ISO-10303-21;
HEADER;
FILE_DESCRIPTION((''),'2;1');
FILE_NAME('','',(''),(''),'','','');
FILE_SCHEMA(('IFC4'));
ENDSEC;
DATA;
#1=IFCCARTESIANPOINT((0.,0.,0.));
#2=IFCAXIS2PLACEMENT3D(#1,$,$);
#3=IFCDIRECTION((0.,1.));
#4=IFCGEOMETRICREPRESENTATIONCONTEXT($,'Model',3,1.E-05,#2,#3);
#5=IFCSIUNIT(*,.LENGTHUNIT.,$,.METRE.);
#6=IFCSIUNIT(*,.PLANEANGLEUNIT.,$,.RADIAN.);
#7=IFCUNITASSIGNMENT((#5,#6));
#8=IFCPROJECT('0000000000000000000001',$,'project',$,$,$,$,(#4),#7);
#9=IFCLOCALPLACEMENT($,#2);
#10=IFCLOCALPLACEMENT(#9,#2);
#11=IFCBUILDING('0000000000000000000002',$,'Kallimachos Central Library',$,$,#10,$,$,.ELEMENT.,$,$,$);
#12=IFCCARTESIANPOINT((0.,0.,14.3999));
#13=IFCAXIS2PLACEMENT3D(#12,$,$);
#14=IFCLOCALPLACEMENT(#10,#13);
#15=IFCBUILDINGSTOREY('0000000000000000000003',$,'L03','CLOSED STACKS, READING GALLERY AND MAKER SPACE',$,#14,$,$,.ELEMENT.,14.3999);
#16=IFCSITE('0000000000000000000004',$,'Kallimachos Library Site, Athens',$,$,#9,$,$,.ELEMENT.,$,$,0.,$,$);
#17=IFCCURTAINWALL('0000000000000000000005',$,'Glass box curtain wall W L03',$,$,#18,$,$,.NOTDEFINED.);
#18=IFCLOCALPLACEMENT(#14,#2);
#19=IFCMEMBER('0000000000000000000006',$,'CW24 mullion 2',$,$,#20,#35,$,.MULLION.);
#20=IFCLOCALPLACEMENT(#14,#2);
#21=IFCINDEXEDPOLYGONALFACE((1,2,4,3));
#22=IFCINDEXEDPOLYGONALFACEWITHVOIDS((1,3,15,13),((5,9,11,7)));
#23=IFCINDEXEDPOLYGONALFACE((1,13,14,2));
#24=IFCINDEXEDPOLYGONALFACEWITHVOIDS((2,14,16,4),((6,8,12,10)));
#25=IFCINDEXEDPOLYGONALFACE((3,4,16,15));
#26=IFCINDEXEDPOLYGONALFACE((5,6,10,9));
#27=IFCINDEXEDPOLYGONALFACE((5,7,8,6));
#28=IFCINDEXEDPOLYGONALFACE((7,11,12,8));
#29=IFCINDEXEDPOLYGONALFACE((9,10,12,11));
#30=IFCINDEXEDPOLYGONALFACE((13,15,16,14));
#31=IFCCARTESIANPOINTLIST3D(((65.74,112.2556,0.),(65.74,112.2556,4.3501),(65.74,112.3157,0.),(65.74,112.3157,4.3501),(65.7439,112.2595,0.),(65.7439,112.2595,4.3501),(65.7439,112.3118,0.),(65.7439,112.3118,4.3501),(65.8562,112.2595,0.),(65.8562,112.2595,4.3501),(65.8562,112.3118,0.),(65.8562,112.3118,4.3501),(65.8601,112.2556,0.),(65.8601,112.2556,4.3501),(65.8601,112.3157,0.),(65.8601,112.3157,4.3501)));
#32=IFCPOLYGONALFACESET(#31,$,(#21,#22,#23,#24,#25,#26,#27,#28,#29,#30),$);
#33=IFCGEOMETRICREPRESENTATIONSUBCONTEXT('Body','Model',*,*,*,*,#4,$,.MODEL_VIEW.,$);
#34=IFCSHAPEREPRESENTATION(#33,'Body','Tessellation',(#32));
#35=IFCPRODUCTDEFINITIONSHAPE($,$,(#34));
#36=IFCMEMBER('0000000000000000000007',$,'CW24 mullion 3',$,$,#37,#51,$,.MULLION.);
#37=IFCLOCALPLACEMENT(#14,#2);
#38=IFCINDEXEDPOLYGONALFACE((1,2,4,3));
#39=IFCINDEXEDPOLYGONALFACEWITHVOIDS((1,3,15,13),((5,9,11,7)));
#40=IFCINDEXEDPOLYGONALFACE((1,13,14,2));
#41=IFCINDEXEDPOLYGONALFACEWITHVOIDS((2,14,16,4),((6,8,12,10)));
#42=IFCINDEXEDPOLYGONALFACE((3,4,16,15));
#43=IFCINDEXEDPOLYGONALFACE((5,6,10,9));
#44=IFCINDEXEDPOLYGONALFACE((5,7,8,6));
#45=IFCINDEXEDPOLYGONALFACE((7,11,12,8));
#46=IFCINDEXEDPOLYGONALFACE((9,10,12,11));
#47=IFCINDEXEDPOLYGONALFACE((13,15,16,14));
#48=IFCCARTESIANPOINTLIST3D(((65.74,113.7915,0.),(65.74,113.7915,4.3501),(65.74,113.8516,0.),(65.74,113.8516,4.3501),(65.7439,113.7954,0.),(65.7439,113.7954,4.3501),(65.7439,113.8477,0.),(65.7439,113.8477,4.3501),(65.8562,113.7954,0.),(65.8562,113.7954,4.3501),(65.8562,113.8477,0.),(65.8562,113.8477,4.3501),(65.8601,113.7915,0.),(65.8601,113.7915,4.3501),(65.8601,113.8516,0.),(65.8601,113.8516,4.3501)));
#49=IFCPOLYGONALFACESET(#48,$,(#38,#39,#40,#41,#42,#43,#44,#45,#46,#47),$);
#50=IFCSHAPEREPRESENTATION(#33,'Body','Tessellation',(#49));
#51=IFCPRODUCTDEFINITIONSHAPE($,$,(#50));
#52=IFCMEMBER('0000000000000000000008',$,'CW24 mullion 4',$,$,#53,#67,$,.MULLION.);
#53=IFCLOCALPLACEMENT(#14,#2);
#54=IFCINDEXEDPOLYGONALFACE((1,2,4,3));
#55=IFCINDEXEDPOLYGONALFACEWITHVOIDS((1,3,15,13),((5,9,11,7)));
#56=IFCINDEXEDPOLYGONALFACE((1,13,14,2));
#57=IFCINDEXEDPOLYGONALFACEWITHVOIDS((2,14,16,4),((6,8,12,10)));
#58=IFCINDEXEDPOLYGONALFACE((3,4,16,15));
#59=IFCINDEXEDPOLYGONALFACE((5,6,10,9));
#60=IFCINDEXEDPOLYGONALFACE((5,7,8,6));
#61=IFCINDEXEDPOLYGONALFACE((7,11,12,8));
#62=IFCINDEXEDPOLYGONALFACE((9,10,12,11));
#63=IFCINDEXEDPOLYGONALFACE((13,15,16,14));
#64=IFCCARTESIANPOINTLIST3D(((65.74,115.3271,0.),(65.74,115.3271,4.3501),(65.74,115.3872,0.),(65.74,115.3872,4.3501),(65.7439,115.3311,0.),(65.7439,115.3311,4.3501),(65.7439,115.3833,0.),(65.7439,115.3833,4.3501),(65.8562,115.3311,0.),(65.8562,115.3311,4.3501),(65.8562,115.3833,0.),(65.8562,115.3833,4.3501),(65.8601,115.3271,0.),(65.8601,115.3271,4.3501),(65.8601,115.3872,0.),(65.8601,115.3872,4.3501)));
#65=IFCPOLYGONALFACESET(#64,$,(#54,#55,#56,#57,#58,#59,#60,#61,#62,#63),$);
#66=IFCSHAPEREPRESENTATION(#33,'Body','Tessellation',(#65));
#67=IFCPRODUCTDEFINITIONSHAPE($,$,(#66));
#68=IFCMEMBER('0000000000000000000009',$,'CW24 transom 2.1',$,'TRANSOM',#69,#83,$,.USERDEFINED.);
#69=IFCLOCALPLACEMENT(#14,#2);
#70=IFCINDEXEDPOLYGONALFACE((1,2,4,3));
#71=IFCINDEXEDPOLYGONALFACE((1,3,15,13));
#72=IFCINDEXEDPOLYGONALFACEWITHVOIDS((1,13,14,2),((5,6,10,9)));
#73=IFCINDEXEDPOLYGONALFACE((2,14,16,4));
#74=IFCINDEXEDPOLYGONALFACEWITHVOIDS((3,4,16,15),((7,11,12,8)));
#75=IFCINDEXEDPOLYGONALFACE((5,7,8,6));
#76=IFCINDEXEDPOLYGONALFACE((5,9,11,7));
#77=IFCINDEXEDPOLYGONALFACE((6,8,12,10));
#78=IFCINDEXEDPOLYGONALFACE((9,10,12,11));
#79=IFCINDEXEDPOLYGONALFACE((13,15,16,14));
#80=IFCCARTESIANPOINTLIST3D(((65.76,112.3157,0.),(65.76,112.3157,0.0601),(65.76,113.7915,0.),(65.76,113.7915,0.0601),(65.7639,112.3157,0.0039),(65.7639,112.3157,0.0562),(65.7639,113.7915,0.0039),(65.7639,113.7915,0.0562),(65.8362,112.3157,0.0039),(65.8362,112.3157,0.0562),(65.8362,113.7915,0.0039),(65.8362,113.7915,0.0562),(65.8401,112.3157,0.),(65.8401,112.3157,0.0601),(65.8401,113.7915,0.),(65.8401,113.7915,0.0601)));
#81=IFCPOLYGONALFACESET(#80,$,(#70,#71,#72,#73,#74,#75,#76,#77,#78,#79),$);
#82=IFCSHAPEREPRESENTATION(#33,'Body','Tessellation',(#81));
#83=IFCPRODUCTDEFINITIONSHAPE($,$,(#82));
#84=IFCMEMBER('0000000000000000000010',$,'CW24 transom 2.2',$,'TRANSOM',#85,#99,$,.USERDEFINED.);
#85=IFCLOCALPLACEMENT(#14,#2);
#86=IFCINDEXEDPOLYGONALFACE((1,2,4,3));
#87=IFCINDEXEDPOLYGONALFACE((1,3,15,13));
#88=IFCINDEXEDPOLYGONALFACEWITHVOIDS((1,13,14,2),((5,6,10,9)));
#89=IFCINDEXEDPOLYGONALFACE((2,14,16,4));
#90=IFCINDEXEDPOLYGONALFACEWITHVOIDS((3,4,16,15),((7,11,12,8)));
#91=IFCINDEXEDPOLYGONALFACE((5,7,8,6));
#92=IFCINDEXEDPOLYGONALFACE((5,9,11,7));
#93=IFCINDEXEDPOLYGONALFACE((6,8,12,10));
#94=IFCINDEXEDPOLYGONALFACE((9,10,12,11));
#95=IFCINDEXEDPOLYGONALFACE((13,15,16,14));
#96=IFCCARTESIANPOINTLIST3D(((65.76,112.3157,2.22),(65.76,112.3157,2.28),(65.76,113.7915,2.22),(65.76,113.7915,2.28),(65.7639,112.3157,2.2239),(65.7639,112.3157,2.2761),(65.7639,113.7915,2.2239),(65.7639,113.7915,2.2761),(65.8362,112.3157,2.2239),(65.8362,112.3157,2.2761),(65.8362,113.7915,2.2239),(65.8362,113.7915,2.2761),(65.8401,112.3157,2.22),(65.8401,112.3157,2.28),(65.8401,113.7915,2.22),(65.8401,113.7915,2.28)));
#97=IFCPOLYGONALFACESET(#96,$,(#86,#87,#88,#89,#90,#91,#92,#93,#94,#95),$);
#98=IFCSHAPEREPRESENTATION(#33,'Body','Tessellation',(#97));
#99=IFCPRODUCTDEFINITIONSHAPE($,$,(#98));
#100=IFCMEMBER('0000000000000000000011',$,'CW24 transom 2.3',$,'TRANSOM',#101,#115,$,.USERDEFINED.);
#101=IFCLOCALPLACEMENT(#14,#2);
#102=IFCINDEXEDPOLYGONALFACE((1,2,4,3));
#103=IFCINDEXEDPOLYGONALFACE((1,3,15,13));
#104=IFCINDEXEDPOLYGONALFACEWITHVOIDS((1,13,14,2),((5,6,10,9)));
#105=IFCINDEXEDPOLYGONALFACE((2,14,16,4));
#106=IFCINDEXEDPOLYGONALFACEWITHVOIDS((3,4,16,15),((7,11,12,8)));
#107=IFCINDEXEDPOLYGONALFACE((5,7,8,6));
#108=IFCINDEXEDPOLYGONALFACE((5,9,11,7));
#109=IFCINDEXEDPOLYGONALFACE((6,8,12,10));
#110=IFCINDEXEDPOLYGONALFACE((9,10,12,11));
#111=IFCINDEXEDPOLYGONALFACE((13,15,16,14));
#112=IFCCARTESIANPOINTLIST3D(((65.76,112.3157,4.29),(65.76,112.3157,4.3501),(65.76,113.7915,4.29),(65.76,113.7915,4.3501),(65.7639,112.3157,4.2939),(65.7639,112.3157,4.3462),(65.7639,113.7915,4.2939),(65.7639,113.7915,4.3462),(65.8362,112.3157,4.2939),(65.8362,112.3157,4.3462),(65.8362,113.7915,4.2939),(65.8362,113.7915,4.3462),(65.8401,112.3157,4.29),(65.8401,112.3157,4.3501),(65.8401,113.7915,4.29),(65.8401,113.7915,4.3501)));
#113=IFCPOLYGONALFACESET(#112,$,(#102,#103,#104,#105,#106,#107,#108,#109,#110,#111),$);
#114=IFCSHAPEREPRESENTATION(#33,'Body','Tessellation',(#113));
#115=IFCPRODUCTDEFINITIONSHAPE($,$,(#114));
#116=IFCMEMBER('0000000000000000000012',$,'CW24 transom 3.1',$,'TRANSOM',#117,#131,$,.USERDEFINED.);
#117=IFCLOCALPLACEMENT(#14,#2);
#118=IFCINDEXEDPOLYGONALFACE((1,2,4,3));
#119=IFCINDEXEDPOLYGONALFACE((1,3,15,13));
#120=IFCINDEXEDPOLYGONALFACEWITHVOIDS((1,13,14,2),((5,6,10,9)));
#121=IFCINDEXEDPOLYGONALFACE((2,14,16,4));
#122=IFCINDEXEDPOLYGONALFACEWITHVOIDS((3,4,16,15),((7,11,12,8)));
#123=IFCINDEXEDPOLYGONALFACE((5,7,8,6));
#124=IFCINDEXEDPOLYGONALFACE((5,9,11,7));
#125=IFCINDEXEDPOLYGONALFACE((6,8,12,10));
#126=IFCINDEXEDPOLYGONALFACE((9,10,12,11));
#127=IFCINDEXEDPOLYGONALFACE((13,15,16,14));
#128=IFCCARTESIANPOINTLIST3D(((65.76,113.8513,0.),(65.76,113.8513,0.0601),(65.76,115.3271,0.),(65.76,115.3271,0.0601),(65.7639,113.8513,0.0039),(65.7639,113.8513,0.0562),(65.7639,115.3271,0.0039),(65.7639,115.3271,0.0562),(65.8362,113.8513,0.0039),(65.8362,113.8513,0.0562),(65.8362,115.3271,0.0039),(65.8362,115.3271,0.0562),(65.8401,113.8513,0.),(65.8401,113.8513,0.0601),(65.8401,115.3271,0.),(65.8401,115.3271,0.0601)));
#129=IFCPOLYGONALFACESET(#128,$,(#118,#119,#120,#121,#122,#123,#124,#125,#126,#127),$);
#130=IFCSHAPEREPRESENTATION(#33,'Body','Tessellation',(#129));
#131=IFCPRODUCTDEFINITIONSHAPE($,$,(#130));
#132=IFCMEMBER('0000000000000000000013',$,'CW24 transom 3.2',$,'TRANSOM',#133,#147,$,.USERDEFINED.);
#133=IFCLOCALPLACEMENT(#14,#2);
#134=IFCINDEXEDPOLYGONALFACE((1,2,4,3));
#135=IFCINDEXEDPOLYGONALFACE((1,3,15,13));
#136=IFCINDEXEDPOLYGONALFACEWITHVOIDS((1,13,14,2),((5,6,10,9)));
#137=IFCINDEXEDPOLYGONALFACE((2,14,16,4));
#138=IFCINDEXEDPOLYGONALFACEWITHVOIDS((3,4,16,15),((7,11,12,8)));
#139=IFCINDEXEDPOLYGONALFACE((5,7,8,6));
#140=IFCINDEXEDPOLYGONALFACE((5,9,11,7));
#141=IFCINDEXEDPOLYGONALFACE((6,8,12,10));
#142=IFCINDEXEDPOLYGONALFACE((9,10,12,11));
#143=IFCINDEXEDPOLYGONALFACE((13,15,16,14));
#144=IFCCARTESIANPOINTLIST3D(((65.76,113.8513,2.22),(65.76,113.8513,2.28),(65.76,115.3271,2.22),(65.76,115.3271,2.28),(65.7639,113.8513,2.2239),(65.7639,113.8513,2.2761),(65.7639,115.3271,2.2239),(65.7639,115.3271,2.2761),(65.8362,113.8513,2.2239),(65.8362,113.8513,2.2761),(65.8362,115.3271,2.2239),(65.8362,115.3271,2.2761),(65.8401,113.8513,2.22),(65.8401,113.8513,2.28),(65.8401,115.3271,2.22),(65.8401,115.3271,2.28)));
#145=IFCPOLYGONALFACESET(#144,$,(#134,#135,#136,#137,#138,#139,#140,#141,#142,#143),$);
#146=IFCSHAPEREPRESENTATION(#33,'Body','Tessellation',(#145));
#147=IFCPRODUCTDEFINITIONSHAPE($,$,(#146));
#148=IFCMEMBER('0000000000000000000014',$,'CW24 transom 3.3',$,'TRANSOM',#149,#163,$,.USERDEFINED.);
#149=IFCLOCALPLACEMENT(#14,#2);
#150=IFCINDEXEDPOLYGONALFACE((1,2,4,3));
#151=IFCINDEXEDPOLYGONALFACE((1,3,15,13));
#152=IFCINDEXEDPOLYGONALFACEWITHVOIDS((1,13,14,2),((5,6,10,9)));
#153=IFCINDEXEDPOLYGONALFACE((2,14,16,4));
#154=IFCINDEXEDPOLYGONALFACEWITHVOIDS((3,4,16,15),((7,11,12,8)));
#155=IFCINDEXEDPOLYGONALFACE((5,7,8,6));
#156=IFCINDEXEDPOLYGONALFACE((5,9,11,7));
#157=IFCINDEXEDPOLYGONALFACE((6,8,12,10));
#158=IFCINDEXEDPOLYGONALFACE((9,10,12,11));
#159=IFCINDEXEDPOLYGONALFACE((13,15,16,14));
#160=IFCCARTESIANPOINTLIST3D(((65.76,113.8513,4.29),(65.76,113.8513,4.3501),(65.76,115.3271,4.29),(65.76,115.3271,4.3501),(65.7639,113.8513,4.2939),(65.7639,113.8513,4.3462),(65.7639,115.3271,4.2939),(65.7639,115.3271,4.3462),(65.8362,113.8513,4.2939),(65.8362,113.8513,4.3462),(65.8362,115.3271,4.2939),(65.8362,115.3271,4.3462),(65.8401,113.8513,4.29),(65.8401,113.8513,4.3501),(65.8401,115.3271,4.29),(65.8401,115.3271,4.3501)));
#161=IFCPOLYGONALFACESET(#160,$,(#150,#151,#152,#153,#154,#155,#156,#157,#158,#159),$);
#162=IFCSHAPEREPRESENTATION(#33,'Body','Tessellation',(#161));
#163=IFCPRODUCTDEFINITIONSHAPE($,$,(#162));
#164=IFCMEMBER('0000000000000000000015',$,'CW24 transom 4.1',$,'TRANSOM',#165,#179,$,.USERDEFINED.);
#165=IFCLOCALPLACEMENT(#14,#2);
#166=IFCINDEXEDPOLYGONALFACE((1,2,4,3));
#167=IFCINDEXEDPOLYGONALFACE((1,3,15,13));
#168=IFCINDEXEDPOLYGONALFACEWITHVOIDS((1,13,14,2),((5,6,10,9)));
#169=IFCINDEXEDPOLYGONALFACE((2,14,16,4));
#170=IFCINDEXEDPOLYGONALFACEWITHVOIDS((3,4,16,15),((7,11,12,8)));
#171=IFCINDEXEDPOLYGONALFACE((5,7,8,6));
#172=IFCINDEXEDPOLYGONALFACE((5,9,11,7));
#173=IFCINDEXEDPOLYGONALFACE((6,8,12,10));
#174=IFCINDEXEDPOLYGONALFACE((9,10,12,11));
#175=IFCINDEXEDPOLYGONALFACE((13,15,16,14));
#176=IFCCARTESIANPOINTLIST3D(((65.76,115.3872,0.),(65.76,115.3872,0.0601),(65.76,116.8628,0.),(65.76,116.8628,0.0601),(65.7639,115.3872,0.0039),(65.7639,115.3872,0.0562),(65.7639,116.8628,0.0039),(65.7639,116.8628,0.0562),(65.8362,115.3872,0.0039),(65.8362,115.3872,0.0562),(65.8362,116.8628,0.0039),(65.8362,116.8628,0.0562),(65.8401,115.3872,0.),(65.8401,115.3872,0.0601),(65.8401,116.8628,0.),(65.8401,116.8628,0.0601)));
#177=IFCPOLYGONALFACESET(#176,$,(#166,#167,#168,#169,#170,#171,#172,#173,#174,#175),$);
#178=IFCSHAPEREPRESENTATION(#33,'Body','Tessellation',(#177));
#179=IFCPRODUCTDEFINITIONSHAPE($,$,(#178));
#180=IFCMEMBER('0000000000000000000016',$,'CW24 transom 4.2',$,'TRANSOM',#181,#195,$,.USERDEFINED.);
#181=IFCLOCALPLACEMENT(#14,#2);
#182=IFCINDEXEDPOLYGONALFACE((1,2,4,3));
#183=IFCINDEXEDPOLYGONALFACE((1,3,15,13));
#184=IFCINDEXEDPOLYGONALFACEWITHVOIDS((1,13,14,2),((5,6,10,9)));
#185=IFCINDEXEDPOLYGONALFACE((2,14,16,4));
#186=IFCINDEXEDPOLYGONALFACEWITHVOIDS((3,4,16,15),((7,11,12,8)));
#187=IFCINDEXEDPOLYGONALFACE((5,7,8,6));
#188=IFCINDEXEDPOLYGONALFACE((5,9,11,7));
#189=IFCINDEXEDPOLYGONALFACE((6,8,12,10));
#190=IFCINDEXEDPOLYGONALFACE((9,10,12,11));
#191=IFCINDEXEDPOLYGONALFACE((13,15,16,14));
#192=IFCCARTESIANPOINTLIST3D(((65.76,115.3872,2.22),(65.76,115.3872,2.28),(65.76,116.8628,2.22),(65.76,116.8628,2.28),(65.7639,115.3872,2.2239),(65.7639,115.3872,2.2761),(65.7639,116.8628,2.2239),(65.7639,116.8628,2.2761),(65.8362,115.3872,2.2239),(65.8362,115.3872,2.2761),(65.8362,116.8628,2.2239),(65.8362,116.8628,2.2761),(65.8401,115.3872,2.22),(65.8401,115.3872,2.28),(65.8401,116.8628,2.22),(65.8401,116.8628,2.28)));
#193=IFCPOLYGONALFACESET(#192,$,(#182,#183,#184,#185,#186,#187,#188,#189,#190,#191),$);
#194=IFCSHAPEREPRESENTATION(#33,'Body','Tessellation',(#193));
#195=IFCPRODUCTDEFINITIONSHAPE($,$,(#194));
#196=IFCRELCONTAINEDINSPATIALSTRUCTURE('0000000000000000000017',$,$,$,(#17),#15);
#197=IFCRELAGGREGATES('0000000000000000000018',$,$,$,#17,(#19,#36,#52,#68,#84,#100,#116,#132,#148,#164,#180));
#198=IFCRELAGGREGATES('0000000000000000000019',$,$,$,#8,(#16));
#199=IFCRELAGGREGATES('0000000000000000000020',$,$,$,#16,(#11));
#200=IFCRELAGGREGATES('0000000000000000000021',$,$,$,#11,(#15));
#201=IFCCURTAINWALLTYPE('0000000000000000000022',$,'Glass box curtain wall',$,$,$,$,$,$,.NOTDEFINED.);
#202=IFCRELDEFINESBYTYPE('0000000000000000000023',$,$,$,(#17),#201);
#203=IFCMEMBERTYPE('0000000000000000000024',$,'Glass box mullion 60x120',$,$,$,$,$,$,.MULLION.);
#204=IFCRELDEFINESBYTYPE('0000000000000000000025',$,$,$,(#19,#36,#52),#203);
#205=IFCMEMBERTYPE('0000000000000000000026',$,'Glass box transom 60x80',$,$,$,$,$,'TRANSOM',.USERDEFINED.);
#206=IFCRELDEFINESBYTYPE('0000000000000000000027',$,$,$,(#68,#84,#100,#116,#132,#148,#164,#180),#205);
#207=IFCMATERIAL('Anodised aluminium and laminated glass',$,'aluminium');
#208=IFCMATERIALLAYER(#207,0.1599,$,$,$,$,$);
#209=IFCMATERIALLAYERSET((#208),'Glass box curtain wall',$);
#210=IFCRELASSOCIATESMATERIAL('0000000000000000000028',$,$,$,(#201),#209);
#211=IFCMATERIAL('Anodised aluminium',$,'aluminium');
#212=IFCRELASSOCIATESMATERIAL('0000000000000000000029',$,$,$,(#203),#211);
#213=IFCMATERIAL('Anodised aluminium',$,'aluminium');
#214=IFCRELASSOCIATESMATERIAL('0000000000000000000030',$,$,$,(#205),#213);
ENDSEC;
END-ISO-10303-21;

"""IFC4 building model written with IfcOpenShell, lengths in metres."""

from ifc_helpers import new_model, si_unit, direction, frame, origin, origin_2d, place, context, subcontext, project, spatial, hollow_rectangle, extrude, material, layer, layer_set, material_profile, profile_set, type_object, element, aggregate, save


model = new_model("IFC4")

# Units and contexts
model_context = context("Model", 3, precision=1e-05, world=origin(), true_north=direction((0.0, 1.0)))
body_context = subcontext(model_context, "Body", "Model", "MODEL_VIEW")
ifc_project = project(units=[si_unit("LENGTHUNIT", "METRE"), si_unit("PLANEANGLEUNIT", "RADIAN")], contexts=[model_context])

# Site, building, storey
site_placement = place(None, origin())
site = spatial("IfcSite", under=ifc_project, at=site_placement, Name="Kallimachos Library Site, Athens", CompositionType="ELEMENT", RefElevation=0.0)
building_placement = place(site_placement, origin())
building = spatial("IfcBuilding", under=site, at=building_placement, Name="Kallimachos Central Library", CompositionType="ELEMENT")
storey_placement = place(building_placement, frame((0.0, 0.0, 14.3999)))
storey = spatial("IfcBuildingStorey", under=building, at=storey_placement, Name="L03", Description="CLOSED STACKS, READING GALLERY AND MAKER SPACE", CompositionType="ELEMENT", Elevation=14.3999)

# Curtain wall, members
ifc_material_1 = material(Name="Anodised aluminium and laminated glass", Category="aluminium")
ifc_layer_1 = layer(ifc_material_1, 0.1599)
ifc_layer_set_1 = layer_set([ifc_layer_1], Name="Glass box curtain wall")
curtain_wall_type = type_object("IfcCurtainWallType", Name="Glass box curtain wall", PredefinedType="NOTDEFINED", material=ifc_layer_set_1)
curtain_wall_placement = place(storey_placement, origin())
curtain_wall = element("IfcCurtainWall", 1, at=curtain_wall_placement, inside=storey, type_object=curtain_wall_type, Name="Glass box curtain wall W L03", PredefinedType="NOTDEFINED")
ifc_material_2 = material(Name="Anodised aluminium", Category="aluminium")
ifc_material_profile_1 = material_profile(ifc_material_2, hollow_rectangle(XDim=0.0601, YDim=0.1201, WallThickness=0.0039, at=origin_2d()), Name="ALU MULLION 60x120")
ifc_profile_set_1 = profile_set([ifc_material_profile_1], Name="Anodised aluminium")
member_type_1 = type_object("IfcMemberType", Name="Glass box mullion 60x120", PredefinedType="MULLION", material=ifc_profile_set_1)
member_1_placement = place(storey_placement, frame((65.8, 112.2856, 0.0), z_axis=(0.0, 0.0, 1.0), x_axis=(0.0, 1.0, 0.0)))
member_1 = element("IfcMember", 2, at=member_1_placement, type_object=member_type_1, Name="CW24 mullion 2", PredefinedType="MULLION", context=body_context, shape_type="SweptSolid", body=[
    extrude(hollow_rectangle(XDim=0.0601, YDim=0.1201, WallThickness=0.0039, at=origin_2d()), origin(), (0.0, 0.0, 1.0), 4.3501),
])
member_2_placement = place(storey_placement, frame((65.8, 113.8215, 0.0), z_axis=(0.0, 0.0, 1.0), x_axis=(0.0, 1.0, 0.0)))
member_2 = element("IfcMember", 3, at=member_2_placement, type_object=member_type_1, Name="CW24 mullion 3", PredefinedType="MULLION", context=body_context, shape_type="SweptSolid", body=[
    extrude(hollow_rectangle(XDim=0.0601, YDim=0.1201, WallThickness=0.0039, at=origin_2d()), origin(), (0.0, 0.0, 1.0), 4.3501),
])
member_3_placement = place(storey_placement, frame((65.8, 115.3572, 0.0), z_axis=(0.0, 0.0, 1.0), x_axis=(0.0, 1.0, 0.0)))
member_3 = element("IfcMember", 4, at=member_3_placement, type_object=member_type_1, Name="CW24 mullion 4", PredefinedType="MULLION", context=body_context, shape_type="SweptSolid", body=[
    extrude(hollow_rectangle(XDim=0.0601, YDim=0.1201, WallThickness=0.0039, at=origin_2d()), origin(), (0.0, 0.0, 1.0), 4.3501),
])
ifc_material_3 = material(Name="Anodised aluminium", Category="aluminium")
ifc_material_profile_2 = material_profile(ifc_material_3, hollow_rectangle(XDim=0.0601, YDim=0.0801, WallThickness=0.0039, at=origin_2d()), Name="ALU TRANSOM 60x80")
ifc_profile_set_2 = profile_set([ifc_material_profile_2], Name="Anodised aluminium")
member_type_2 = type_object("IfcMemberType", Name="Glass box transom 60x80", ElementType="TRANSOM", PredefinedType="USERDEFINED", material=ifc_profile_set_2)
member_4_placement = place(storey_placement, frame((65.8, 112.3157, 0.03), z_axis=(0.0, 1.0, 0.0), x_axis=(0.0, 0.0, 1.0)))
member_4 = element("IfcMember", 5, at=member_4_placement, type_object=member_type_2, Name="CW24 transom 2.1", ObjectType="TRANSOM", PredefinedType="USERDEFINED", context=body_context, shape_type="SweptSolid", body=[
    extrude(hollow_rectangle(XDim=0.0601, YDim=0.0801, WallThickness=0.0039, at=origin_2d()), origin(), (0.0, 0.0, 1.0), 1.4758),
])
member_5_placement = place(storey_placement, frame((65.8, 112.3157, 2.25), z_axis=(0.0, 1.0, 0.0), x_axis=(0.0, 0.0, 1.0)))
member_5 = element("IfcMember", 6, at=member_5_placement, type_object=member_type_2, Name="CW24 transom 2.2", ObjectType="TRANSOM", PredefinedType="USERDEFINED", context=body_context, shape_type="SweptSolid", body=[
    extrude(hollow_rectangle(XDim=0.0601, YDim=0.0801, WallThickness=0.0039, at=origin_2d()), origin(), (0.0, 0.0, 1.0), 1.4758),
])
member_6_placement = place(storey_placement, frame((65.8, 112.3157, 4.3201), z_axis=(0.0, 1.0, 0.0), x_axis=(0.0, 0.0, 1.0)))
member_6 = element("IfcMember", 7, at=member_6_placement, type_object=member_type_2, Name="CW24 transom 2.3", ObjectType="TRANSOM", PredefinedType="USERDEFINED", context=body_context, shape_type="SweptSolid", body=[
    extrude(hollow_rectangle(XDim=0.0601, YDim=0.0801, WallThickness=0.0039, at=origin_2d()), origin(), (0.0, 0.0, 1.0), 1.4758),
])
member_7_placement = place(storey_placement, frame((65.8, 113.8513, 0.03), z_axis=(0.0, 1.0, 0.0), x_axis=(0.0, 0.0, 1.0)))
member_7 = element("IfcMember", 8, at=member_7_placement, type_object=member_type_2, Name="CW24 transom 3.1", ObjectType="TRANSOM", PredefinedType="USERDEFINED", context=body_context, shape_type="SweptSolid", body=[
    extrude(hollow_rectangle(XDim=0.0601, YDim=0.0801, WallThickness=0.0039, at=origin_2d()), origin(), (0.0, 0.0, 1.0), 1.4758),
])
member_8_placement = place(storey_placement, frame((65.8, 113.8513, 2.25), z_axis=(0.0, 1.0, 0.0), x_axis=(0.0, 0.0, 1.0)))
member_8 = element("IfcMember", 9, at=member_8_placement, type_object=member_type_2, Name="CW24 transom 3.2", ObjectType="TRANSOM", PredefinedType="USERDEFINED", context=body_context, shape_type="SweptSolid", body=[
    extrude(hollow_rectangle(XDim=0.0601, YDim=0.0801, WallThickness=0.0039, at=origin_2d()), origin(), (0.0, 0.0, 1.0), 1.4758),
])
member_9_placement = place(storey_placement, frame((65.8, 113.8513, 4.3201), z_axis=(0.0, 1.0, 0.0), x_axis=(0.0, 0.0, 1.0)))
member_9 = element("IfcMember", 10, at=member_9_placement, type_object=member_type_2, Name="CW24 transom 3.3", ObjectType="TRANSOM", PredefinedType="USERDEFINED", context=body_context, shape_type="SweptSolid", body=[
    extrude(hollow_rectangle(XDim=0.0601, YDim=0.0801, WallThickness=0.0039, at=origin_2d()), origin(), (0.0, 0.0, 1.0), 1.4758),
])
member_10_placement = place(storey_placement, frame((65.8, 115.3872, 0.03), z_axis=(0.0, 1.0, 0.0), x_axis=(0.0, 0.0, 1.0)))
member_10 = element("IfcMember", 11, at=member_10_placement, type_object=member_type_2, Name="CW24 transom 4.1", ObjectType="TRANSOM", PredefinedType="USERDEFINED", context=body_context, shape_type="SweptSolid", body=[
    extrude(hollow_rectangle(XDim=0.0601, YDim=0.0801, WallThickness=0.0039, at=origin_2d()), origin(), (0.0, 0.0, 1.0), 1.4756),
])
member_11_placement = place(storey_placement, frame((65.8, 115.3872, 2.25), z_axis=(0.0, 1.0, 0.0), x_axis=(0.0, 0.0, 1.0)))
member_11 = element("IfcMember", 12, at=member_11_placement, type_object=member_type_2, Name="CW24 transom 4.2", ObjectType="TRANSOM", PredefinedType="USERDEFINED", context=body_context, shape_type="SweptSolid", body=[
    extrude(hollow_rectangle(XDim=0.0601, YDim=0.0801, WallThickness=0.0039, at=origin_2d()), origin(), (0.0, 0.0, 1.0), 1.4756),
])
aggregate(curtain_wall, [member_1, member_2, member_3, member_4, member_5, member_6, member_7, member_8, member_9, member_10, member_11])

save(model, "model.ifc")
